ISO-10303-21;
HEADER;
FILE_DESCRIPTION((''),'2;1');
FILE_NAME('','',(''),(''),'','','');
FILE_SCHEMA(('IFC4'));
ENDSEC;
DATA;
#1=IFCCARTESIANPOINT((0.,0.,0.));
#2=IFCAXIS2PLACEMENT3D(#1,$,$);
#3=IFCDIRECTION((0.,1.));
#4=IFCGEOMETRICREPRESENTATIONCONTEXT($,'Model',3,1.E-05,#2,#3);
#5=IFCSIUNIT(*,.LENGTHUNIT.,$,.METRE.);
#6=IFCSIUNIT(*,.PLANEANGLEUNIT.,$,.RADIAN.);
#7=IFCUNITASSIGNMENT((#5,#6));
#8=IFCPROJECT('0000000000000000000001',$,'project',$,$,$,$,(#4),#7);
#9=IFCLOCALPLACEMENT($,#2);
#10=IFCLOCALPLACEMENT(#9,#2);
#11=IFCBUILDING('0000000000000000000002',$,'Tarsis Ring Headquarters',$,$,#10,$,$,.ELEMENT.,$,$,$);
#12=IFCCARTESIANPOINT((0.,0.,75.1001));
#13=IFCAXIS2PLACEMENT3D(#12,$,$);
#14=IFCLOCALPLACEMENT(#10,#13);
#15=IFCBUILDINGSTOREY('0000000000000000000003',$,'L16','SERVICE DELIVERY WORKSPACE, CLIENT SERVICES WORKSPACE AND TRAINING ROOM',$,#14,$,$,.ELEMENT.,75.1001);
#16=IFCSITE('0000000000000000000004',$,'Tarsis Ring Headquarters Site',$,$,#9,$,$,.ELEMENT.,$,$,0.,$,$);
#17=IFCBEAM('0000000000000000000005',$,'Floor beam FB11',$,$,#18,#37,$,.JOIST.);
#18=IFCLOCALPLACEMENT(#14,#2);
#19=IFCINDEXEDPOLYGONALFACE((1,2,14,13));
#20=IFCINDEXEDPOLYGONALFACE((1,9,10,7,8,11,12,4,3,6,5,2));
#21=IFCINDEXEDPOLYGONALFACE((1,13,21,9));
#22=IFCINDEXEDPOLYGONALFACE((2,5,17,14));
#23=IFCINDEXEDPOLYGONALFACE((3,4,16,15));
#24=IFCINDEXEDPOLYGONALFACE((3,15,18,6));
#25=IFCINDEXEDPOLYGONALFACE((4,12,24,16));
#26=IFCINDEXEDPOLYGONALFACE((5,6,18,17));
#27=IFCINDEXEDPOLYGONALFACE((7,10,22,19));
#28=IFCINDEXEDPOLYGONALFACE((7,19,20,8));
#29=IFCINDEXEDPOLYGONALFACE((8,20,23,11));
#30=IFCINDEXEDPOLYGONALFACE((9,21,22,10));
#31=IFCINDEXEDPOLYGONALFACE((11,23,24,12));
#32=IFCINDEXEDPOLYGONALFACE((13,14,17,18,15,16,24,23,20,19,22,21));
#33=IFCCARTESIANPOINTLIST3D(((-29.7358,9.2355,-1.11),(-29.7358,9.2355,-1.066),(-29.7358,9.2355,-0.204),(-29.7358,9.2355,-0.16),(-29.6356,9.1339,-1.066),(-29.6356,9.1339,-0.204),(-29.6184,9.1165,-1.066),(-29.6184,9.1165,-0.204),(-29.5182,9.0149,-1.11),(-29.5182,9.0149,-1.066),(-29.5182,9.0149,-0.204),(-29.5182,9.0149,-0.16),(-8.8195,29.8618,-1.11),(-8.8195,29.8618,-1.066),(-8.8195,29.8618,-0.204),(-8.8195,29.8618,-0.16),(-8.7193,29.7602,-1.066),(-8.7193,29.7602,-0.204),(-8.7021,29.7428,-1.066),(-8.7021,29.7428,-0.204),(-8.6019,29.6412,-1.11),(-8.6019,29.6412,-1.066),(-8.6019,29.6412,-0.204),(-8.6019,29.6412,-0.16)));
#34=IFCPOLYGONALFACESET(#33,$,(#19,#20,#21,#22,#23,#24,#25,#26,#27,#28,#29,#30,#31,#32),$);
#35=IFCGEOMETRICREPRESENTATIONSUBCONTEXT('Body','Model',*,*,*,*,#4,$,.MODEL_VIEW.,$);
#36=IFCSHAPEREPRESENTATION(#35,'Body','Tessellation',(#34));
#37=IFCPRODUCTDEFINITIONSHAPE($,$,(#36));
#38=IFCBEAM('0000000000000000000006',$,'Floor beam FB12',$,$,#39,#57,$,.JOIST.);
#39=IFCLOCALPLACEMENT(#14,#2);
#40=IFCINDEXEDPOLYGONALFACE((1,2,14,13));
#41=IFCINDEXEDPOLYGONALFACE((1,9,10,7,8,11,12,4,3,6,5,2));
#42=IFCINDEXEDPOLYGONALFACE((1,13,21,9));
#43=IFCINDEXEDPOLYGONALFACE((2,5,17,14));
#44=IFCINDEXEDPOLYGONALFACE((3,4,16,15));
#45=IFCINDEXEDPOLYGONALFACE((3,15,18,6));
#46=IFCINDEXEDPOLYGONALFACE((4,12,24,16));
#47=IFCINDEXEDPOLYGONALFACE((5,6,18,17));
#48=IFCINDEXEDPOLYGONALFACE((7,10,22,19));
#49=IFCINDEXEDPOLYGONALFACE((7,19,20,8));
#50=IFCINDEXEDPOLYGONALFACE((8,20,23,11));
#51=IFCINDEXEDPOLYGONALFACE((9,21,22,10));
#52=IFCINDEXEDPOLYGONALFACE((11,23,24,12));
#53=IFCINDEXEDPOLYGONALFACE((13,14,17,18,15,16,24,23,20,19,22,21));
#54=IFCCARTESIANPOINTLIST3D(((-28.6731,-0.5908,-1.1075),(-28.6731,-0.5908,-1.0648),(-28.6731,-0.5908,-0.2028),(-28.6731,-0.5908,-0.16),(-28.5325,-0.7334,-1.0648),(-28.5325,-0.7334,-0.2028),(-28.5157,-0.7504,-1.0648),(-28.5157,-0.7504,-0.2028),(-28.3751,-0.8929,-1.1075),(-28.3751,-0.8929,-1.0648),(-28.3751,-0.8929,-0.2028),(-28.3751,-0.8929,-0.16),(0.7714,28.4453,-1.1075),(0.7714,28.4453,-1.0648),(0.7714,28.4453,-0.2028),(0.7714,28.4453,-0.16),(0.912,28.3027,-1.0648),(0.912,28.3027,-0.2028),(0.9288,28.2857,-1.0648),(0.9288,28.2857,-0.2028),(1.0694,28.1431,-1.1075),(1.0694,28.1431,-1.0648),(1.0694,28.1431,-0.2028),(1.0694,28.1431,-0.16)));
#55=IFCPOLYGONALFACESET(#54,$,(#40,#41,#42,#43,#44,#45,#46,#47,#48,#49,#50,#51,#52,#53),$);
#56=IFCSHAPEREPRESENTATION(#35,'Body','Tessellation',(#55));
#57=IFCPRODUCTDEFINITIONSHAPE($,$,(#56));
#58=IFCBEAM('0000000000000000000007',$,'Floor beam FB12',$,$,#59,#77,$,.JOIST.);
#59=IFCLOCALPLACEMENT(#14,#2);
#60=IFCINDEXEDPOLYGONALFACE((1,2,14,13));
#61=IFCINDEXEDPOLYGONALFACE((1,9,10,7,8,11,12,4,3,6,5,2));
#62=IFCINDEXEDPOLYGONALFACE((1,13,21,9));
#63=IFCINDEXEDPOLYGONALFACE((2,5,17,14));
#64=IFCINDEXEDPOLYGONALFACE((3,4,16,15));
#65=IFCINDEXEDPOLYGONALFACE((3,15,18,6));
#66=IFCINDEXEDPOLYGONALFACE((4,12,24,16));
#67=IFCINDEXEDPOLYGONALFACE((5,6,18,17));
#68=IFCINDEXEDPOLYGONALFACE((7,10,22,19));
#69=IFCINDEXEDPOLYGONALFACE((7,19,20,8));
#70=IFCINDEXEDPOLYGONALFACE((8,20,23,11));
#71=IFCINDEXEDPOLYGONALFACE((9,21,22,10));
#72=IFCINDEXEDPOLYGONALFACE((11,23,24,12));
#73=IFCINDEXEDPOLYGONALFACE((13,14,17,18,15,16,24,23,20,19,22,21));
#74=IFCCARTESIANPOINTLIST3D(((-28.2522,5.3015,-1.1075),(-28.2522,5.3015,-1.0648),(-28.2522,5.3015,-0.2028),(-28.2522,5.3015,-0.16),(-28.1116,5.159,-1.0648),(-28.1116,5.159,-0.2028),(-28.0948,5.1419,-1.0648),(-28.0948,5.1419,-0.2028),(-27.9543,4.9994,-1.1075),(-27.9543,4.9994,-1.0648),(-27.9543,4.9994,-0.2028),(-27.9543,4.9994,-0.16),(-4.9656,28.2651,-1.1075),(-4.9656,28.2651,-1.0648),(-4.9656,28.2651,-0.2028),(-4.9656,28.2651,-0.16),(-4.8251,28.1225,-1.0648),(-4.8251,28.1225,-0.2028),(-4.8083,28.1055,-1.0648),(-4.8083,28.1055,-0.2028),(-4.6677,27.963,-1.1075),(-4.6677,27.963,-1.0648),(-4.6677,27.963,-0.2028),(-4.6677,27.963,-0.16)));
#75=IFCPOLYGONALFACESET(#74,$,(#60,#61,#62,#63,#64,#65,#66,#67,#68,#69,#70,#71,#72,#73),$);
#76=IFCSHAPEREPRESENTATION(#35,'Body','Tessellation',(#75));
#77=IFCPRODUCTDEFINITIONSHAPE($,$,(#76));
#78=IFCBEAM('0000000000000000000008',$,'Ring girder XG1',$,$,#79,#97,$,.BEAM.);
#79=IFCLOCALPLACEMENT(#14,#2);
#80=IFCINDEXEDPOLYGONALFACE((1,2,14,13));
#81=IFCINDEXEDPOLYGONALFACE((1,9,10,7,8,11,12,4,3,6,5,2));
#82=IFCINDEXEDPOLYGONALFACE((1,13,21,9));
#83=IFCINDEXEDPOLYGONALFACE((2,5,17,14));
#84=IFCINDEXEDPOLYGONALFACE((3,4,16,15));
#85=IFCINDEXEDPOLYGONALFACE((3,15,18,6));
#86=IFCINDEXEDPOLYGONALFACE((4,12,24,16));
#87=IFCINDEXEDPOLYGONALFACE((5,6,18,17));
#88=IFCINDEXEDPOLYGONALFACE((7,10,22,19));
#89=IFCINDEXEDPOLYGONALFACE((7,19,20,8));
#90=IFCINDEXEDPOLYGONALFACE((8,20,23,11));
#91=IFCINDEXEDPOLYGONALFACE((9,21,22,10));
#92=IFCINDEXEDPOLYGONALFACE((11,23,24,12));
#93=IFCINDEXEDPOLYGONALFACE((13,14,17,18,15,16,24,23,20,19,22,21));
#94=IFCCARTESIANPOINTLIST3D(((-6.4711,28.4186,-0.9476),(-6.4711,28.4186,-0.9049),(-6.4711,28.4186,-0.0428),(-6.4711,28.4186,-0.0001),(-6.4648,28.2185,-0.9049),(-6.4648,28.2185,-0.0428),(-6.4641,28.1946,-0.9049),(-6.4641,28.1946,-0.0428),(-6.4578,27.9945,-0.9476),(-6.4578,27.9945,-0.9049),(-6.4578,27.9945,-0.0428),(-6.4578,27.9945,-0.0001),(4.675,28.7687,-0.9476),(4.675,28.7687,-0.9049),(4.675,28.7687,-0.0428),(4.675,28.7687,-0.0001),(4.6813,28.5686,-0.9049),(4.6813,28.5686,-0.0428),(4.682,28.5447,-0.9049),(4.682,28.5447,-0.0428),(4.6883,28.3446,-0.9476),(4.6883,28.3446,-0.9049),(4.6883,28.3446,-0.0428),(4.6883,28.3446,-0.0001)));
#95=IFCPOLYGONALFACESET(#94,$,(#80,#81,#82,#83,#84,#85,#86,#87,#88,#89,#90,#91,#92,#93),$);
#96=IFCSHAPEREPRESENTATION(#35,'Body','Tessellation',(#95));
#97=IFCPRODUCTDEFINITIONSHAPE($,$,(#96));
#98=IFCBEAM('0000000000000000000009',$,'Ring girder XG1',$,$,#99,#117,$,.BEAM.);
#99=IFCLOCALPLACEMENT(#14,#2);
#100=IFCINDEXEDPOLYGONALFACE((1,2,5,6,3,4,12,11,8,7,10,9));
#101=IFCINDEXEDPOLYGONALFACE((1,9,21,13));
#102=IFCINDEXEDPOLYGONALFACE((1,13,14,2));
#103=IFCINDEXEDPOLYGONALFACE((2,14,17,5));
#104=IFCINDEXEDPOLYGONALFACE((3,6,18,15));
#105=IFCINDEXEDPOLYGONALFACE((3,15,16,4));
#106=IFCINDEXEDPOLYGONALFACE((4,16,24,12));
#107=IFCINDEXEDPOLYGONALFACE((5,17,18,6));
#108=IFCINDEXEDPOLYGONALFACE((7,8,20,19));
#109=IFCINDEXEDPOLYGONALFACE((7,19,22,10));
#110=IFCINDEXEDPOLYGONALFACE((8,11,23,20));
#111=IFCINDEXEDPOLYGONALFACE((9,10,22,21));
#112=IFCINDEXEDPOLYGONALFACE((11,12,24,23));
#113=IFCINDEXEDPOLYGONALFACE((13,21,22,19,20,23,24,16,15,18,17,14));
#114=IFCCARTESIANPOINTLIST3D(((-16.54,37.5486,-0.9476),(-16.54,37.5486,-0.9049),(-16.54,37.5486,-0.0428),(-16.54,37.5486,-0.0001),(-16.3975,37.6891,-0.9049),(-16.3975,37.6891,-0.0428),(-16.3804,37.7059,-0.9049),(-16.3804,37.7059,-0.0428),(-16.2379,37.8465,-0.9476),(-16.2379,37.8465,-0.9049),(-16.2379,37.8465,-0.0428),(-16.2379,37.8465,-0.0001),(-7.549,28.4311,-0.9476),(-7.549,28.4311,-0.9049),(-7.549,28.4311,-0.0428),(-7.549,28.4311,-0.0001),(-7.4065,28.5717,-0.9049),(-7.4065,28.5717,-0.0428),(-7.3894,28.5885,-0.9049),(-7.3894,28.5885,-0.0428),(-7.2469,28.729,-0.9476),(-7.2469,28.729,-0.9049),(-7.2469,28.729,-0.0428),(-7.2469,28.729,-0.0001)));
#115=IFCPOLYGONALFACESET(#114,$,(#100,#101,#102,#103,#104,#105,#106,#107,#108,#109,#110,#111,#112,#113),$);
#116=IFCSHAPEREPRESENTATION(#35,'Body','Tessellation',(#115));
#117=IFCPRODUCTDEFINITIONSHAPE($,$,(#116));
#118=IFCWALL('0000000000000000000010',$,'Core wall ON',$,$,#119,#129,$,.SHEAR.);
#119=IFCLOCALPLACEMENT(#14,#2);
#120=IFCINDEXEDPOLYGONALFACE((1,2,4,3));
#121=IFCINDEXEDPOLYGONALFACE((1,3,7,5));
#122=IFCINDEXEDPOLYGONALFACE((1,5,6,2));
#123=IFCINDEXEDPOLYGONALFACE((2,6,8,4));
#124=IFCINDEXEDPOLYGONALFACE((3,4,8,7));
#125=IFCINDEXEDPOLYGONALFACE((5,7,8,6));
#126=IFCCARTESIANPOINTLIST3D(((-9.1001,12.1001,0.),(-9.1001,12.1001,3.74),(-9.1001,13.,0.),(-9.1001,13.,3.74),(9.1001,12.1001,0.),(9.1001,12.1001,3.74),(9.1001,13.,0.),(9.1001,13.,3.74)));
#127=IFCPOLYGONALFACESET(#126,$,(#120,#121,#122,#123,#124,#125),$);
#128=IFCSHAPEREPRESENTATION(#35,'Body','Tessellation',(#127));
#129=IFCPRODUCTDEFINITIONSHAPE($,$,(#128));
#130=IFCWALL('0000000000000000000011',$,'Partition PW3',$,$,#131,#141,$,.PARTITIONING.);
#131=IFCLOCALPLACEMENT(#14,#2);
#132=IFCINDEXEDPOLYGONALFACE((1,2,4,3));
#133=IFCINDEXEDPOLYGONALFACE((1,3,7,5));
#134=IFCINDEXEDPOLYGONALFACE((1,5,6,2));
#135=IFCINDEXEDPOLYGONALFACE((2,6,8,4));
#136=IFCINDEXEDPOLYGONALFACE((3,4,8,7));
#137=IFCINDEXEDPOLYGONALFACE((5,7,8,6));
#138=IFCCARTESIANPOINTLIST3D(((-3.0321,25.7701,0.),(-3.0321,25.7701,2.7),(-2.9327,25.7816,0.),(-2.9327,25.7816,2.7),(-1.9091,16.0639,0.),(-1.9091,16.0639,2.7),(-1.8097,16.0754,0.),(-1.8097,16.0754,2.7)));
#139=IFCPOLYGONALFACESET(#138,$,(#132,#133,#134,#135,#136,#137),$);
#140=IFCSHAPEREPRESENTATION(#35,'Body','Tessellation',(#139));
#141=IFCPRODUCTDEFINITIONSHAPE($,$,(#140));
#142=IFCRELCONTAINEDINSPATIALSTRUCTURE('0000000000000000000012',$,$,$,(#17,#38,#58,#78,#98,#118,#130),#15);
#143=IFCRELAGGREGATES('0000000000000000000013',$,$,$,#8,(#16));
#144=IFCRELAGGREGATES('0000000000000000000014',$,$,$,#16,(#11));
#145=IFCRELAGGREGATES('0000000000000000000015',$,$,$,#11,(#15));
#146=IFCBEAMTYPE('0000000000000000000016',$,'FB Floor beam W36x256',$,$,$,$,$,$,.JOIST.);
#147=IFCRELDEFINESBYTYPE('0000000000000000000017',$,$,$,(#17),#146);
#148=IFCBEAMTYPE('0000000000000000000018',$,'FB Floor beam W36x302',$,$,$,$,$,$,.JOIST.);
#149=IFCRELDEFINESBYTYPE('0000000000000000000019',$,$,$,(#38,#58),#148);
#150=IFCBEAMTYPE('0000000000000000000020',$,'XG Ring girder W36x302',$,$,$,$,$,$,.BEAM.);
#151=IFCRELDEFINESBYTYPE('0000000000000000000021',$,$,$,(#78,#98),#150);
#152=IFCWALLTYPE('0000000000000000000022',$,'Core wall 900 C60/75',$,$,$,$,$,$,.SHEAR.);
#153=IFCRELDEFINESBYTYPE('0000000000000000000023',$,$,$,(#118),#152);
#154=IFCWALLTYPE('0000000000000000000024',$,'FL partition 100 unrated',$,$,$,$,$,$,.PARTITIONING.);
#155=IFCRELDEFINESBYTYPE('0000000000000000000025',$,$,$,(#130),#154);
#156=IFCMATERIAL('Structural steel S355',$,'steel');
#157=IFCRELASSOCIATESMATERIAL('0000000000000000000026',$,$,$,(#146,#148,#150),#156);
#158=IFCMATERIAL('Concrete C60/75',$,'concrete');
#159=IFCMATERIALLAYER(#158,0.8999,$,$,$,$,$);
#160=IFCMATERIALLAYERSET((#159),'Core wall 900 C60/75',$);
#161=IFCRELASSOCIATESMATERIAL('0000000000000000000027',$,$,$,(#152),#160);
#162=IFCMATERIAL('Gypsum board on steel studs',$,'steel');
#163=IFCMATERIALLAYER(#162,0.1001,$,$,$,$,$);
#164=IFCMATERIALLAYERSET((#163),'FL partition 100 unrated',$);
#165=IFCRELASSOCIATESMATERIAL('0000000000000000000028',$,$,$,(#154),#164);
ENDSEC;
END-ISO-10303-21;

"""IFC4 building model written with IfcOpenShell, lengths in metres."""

from ifc_helpers import new_model, si_unit, direction, frame, frame_2d, origin, origin_2d, place, context, subcontext, project, spatial, rectangle, i_section, extrude, material, layer, layer_set, material_profile, profile_set, type_object, element, save


model = new_model("IFC4")

# Units and contexts
model_context = context("Model", 3, precision=1e-05, world=origin(), true_north=direction((0.0, 1.0)))
body_context = subcontext(model_context, "Body", "Model", "MODEL_VIEW")
ifc_project = project(units=[si_unit("LENGTHUNIT", "METRE"), si_unit("PLANEANGLEUNIT", "RADIAN")], contexts=[model_context])

# Site, building, storey
site_placement = place(None, origin())
site = spatial("IfcSite", under=ifc_project, at=site_placement, Name="Tarsis Ring Headquarters Site", CompositionType="ELEMENT", RefElevation=0.0)
building_placement = place(site_placement, origin())
building = spatial("IfcBuilding", under=site, at=building_placement, Name="Tarsis Ring Headquarters", CompositionType="ELEMENT")
storey_placement = place(building_placement, frame((0.0, 0.0, 75.1001)))
storey = spatial("IfcBuildingStorey", under=building, at=storey_placement, Name="L16", Description="SERVICE DELIVERY WORKSPACE, CLIENT SERVICES WORKSPACE AND TRAINING ROOM", CompositionType="ELEMENT", Elevation=75.1001)

# Beams
ifc_material_1 = material(Name="Structural steel S355", Category="steel")
ifc_material_profile_1 = material_profile(ifc_material_1, i_section(OverallWidth=0.3098, OverallDepth=0.95, WebThickness=0.0244, FlangeThickness=0.0439, at=origin_2d()), Name="W36x256")
ifc_profile_set_1 = profile_set([ifc_material_profile_1], Name="Structural steel S355")
beam_type_1 = type_object("IfcBeamType", Name="FB Floor beam W36x256", PredefinedType="JOIST", material=ifc_profile_set_1)
beam_1_placement = place(storey_placement, frame((-8.7107, 29.7515, -0.635), z_axis=(-0.712026, -0.702153, 0.0), x_axis=(0.702153, -0.712026, 0.0)))
element("IfcBeam", 1, at=beam_1_placement, inside=storey, type_object=beam_type_1, Name="Floor beam FB11", PredefinedType="JOIST", context=body_context, shape_type="SweptSolid", body=[
    extrude(i_section(OverallWidth=0.3098, OverallDepth=0.95, WebThickness=0.0244, FlangeThickness=0.0439, at=origin_2d()), origin(), (0.0, 0.0, 1.0), 29.3757),
])
ifc_material_profile_2 = material_profile(ifc_material_1, i_section(OverallWidth=0.4243, OverallDepth=0.9475, WebThickness=0.0239, FlangeThickness=0.0427, at=origin_2d()), Name="W36x302")
ifc_profile_set_2 = profile_set([ifc_material_profile_2], Name="Structural steel S355")
beam_type_2 = type_object("IfcBeamType", Name="FB Floor beam W36x302", PredefinedType="JOIST", material=ifc_profile_set_2)
beam_2_placement = place(storey_placement, frame((0.9204, 28.2942, -0.6338), z_axis=(-0.712028, -0.702151, 0.0), x_axis=(0.702151, -0.712028, 0.0)))
element("IfcBeam", 2, at=beam_2_placement, inside=storey, type_object=beam_type_2, Name="Floor beam FB12", PredefinedType="JOIST", context=body_context, shape_type="SweptSolid", body=[
    extrude(i_section(OverallWidth=0.4243, OverallDepth=0.9475, WebThickness=0.0239, FlangeThickness=0.0427, at=origin_2d()), origin(), (0.0, 0.0, 1.0), 41.353),
])
beam_3_placement = place(storey_placement, frame((-4.8167, 28.114, -0.6338), z_axis=(-0.712028, -0.702151, 0.0), x_axis=(0.702151, -0.712028, 0.0)))
element("IfcBeam", 3, at=beam_3_placement, inside=storey, type_object=beam_type_2, Name="Floor beam FB12", PredefinedType="JOIST", context=body_context, shape_type="SweptSolid", body=[
    extrude(i_section(OverallWidth=0.4243, OverallDepth=0.9475, WebThickness=0.0239, FlangeThickness=0.0427, at=origin_2d()), origin(), (0.0, 0.0, 1.0), 32.7046),
])
beam_type_3 = type_object("IfcBeamType", Name="XG Ring girder W36x302", PredefinedType="BEAM", material=ifc_profile_set_2)
beam_4_placement = place(storey_placement, frame((4.6816, 28.5566, -0.4739), z_axis=(-0.999507, -0.031395, 0.0), x_axis=(0.031395, -0.999507, 0.0)))
element("IfcBeam", 4, at=beam_4_placement, inside=storey, type_object=beam_type_3, Name="Ring girder XG1", PredefinedType="BEAM", context=body_context, shape_type="SweptSolid", body=[
    extrude(i_section(OverallWidth=0.4243, OverallDepth=0.9475, WebThickness=0.0239, FlangeThickness=0.0427, at=origin_2d()), origin(), (0.0, 0.0, 1.0), 11.1516),
])
beam_5_placement = place(storey_placement, frame((-7.3979, 28.5801, -0.4739), z_axis=(-0.702151, 0.712028, 0.0), x_axis=(-0.712028, -0.702151, 0.0)))
element("IfcBeam", 5, at=beam_5_placement, inside=storey, type_object=beam_type_3, Name="Ring girder XG1", PredefinedType="BEAM", context=body_context, shape_type="SweptSolid", body=[
    extrude(i_section(OverallWidth=0.4243, OverallDepth=0.9475, WebThickness=0.0239, FlangeThickness=0.0427, at=origin_2d()), origin(), (0.0, 0.0, 1.0), 12.8049),
])

# Walls
ifc_material_2 = material(Name="Concrete C60/75", Category="concrete")
ifc_layer_1 = layer(ifc_material_2, 0.8999)
ifc_layer_set_1 = layer_set([ifc_layer_1], Name="Core wall 900 C60/75")
wall_type_1 = type_object("IfcWallType", Name="Core wall 900 C60/75", PredefinedType="SHEAR", material=ifc_layer_set_1)
wall_1_placement = place(storey_placement, frame((-9.1001, 12.55, 0.0), z_axis=(0.0, 0.0, 1.0), x_axis=(1.0, 0.0, 0.0)))
element("IfcWall", 6, at=wall_1_placement, inside=storey, type_object=wall_type_1, Name="Core wall ON", PredefinedType="SHEAR", context=body_context, shape_type="SweptSolid", body=[
    extrude(rectangle(XDim=18.2002, YDim=0.8999, at=frame_2d((9.1001, 0.0))), origin(), (0.0, 0.0, 1.0), 3.74),
])
ifc_material_3 = material(Name="Gypsum board on steel studs", Category="steel")
ifc_layer_2 = layer(ifc_material_3, 0.1001)
ifc_layer_set_2 = layer_set([ifc_layer_2], Name="FL partition 100 unrated")
wall_type_2 = type_object("IfcWallType", Name="FL partition 100 unrated", PredefinedType="PARTITIONING", material=ifc_layer_set_2)
wall_2_placement = place(storey_placement, frame((-2.9824, 25.7759, 0.0), z_axis=(0.0, 0.0, 1.0), x_axis=(0.114936, -0.993373, 0.0)))
element("IfcWall", 7, at=wall_2_placement, inside=storey, type_object=wall_type_2, Name="Partition PW3", PredefinedType="PARTITIONING", context=body_context, shape_type="SweptSolid", body=[
    extrude(rectangle(XDim=9.771, YDim=0.1001, at=frame_2d((4.8855, 0.0))), origin(), (0.0, 0.0, 1.0), 2.7),
])

save(model, "model.ifc")
